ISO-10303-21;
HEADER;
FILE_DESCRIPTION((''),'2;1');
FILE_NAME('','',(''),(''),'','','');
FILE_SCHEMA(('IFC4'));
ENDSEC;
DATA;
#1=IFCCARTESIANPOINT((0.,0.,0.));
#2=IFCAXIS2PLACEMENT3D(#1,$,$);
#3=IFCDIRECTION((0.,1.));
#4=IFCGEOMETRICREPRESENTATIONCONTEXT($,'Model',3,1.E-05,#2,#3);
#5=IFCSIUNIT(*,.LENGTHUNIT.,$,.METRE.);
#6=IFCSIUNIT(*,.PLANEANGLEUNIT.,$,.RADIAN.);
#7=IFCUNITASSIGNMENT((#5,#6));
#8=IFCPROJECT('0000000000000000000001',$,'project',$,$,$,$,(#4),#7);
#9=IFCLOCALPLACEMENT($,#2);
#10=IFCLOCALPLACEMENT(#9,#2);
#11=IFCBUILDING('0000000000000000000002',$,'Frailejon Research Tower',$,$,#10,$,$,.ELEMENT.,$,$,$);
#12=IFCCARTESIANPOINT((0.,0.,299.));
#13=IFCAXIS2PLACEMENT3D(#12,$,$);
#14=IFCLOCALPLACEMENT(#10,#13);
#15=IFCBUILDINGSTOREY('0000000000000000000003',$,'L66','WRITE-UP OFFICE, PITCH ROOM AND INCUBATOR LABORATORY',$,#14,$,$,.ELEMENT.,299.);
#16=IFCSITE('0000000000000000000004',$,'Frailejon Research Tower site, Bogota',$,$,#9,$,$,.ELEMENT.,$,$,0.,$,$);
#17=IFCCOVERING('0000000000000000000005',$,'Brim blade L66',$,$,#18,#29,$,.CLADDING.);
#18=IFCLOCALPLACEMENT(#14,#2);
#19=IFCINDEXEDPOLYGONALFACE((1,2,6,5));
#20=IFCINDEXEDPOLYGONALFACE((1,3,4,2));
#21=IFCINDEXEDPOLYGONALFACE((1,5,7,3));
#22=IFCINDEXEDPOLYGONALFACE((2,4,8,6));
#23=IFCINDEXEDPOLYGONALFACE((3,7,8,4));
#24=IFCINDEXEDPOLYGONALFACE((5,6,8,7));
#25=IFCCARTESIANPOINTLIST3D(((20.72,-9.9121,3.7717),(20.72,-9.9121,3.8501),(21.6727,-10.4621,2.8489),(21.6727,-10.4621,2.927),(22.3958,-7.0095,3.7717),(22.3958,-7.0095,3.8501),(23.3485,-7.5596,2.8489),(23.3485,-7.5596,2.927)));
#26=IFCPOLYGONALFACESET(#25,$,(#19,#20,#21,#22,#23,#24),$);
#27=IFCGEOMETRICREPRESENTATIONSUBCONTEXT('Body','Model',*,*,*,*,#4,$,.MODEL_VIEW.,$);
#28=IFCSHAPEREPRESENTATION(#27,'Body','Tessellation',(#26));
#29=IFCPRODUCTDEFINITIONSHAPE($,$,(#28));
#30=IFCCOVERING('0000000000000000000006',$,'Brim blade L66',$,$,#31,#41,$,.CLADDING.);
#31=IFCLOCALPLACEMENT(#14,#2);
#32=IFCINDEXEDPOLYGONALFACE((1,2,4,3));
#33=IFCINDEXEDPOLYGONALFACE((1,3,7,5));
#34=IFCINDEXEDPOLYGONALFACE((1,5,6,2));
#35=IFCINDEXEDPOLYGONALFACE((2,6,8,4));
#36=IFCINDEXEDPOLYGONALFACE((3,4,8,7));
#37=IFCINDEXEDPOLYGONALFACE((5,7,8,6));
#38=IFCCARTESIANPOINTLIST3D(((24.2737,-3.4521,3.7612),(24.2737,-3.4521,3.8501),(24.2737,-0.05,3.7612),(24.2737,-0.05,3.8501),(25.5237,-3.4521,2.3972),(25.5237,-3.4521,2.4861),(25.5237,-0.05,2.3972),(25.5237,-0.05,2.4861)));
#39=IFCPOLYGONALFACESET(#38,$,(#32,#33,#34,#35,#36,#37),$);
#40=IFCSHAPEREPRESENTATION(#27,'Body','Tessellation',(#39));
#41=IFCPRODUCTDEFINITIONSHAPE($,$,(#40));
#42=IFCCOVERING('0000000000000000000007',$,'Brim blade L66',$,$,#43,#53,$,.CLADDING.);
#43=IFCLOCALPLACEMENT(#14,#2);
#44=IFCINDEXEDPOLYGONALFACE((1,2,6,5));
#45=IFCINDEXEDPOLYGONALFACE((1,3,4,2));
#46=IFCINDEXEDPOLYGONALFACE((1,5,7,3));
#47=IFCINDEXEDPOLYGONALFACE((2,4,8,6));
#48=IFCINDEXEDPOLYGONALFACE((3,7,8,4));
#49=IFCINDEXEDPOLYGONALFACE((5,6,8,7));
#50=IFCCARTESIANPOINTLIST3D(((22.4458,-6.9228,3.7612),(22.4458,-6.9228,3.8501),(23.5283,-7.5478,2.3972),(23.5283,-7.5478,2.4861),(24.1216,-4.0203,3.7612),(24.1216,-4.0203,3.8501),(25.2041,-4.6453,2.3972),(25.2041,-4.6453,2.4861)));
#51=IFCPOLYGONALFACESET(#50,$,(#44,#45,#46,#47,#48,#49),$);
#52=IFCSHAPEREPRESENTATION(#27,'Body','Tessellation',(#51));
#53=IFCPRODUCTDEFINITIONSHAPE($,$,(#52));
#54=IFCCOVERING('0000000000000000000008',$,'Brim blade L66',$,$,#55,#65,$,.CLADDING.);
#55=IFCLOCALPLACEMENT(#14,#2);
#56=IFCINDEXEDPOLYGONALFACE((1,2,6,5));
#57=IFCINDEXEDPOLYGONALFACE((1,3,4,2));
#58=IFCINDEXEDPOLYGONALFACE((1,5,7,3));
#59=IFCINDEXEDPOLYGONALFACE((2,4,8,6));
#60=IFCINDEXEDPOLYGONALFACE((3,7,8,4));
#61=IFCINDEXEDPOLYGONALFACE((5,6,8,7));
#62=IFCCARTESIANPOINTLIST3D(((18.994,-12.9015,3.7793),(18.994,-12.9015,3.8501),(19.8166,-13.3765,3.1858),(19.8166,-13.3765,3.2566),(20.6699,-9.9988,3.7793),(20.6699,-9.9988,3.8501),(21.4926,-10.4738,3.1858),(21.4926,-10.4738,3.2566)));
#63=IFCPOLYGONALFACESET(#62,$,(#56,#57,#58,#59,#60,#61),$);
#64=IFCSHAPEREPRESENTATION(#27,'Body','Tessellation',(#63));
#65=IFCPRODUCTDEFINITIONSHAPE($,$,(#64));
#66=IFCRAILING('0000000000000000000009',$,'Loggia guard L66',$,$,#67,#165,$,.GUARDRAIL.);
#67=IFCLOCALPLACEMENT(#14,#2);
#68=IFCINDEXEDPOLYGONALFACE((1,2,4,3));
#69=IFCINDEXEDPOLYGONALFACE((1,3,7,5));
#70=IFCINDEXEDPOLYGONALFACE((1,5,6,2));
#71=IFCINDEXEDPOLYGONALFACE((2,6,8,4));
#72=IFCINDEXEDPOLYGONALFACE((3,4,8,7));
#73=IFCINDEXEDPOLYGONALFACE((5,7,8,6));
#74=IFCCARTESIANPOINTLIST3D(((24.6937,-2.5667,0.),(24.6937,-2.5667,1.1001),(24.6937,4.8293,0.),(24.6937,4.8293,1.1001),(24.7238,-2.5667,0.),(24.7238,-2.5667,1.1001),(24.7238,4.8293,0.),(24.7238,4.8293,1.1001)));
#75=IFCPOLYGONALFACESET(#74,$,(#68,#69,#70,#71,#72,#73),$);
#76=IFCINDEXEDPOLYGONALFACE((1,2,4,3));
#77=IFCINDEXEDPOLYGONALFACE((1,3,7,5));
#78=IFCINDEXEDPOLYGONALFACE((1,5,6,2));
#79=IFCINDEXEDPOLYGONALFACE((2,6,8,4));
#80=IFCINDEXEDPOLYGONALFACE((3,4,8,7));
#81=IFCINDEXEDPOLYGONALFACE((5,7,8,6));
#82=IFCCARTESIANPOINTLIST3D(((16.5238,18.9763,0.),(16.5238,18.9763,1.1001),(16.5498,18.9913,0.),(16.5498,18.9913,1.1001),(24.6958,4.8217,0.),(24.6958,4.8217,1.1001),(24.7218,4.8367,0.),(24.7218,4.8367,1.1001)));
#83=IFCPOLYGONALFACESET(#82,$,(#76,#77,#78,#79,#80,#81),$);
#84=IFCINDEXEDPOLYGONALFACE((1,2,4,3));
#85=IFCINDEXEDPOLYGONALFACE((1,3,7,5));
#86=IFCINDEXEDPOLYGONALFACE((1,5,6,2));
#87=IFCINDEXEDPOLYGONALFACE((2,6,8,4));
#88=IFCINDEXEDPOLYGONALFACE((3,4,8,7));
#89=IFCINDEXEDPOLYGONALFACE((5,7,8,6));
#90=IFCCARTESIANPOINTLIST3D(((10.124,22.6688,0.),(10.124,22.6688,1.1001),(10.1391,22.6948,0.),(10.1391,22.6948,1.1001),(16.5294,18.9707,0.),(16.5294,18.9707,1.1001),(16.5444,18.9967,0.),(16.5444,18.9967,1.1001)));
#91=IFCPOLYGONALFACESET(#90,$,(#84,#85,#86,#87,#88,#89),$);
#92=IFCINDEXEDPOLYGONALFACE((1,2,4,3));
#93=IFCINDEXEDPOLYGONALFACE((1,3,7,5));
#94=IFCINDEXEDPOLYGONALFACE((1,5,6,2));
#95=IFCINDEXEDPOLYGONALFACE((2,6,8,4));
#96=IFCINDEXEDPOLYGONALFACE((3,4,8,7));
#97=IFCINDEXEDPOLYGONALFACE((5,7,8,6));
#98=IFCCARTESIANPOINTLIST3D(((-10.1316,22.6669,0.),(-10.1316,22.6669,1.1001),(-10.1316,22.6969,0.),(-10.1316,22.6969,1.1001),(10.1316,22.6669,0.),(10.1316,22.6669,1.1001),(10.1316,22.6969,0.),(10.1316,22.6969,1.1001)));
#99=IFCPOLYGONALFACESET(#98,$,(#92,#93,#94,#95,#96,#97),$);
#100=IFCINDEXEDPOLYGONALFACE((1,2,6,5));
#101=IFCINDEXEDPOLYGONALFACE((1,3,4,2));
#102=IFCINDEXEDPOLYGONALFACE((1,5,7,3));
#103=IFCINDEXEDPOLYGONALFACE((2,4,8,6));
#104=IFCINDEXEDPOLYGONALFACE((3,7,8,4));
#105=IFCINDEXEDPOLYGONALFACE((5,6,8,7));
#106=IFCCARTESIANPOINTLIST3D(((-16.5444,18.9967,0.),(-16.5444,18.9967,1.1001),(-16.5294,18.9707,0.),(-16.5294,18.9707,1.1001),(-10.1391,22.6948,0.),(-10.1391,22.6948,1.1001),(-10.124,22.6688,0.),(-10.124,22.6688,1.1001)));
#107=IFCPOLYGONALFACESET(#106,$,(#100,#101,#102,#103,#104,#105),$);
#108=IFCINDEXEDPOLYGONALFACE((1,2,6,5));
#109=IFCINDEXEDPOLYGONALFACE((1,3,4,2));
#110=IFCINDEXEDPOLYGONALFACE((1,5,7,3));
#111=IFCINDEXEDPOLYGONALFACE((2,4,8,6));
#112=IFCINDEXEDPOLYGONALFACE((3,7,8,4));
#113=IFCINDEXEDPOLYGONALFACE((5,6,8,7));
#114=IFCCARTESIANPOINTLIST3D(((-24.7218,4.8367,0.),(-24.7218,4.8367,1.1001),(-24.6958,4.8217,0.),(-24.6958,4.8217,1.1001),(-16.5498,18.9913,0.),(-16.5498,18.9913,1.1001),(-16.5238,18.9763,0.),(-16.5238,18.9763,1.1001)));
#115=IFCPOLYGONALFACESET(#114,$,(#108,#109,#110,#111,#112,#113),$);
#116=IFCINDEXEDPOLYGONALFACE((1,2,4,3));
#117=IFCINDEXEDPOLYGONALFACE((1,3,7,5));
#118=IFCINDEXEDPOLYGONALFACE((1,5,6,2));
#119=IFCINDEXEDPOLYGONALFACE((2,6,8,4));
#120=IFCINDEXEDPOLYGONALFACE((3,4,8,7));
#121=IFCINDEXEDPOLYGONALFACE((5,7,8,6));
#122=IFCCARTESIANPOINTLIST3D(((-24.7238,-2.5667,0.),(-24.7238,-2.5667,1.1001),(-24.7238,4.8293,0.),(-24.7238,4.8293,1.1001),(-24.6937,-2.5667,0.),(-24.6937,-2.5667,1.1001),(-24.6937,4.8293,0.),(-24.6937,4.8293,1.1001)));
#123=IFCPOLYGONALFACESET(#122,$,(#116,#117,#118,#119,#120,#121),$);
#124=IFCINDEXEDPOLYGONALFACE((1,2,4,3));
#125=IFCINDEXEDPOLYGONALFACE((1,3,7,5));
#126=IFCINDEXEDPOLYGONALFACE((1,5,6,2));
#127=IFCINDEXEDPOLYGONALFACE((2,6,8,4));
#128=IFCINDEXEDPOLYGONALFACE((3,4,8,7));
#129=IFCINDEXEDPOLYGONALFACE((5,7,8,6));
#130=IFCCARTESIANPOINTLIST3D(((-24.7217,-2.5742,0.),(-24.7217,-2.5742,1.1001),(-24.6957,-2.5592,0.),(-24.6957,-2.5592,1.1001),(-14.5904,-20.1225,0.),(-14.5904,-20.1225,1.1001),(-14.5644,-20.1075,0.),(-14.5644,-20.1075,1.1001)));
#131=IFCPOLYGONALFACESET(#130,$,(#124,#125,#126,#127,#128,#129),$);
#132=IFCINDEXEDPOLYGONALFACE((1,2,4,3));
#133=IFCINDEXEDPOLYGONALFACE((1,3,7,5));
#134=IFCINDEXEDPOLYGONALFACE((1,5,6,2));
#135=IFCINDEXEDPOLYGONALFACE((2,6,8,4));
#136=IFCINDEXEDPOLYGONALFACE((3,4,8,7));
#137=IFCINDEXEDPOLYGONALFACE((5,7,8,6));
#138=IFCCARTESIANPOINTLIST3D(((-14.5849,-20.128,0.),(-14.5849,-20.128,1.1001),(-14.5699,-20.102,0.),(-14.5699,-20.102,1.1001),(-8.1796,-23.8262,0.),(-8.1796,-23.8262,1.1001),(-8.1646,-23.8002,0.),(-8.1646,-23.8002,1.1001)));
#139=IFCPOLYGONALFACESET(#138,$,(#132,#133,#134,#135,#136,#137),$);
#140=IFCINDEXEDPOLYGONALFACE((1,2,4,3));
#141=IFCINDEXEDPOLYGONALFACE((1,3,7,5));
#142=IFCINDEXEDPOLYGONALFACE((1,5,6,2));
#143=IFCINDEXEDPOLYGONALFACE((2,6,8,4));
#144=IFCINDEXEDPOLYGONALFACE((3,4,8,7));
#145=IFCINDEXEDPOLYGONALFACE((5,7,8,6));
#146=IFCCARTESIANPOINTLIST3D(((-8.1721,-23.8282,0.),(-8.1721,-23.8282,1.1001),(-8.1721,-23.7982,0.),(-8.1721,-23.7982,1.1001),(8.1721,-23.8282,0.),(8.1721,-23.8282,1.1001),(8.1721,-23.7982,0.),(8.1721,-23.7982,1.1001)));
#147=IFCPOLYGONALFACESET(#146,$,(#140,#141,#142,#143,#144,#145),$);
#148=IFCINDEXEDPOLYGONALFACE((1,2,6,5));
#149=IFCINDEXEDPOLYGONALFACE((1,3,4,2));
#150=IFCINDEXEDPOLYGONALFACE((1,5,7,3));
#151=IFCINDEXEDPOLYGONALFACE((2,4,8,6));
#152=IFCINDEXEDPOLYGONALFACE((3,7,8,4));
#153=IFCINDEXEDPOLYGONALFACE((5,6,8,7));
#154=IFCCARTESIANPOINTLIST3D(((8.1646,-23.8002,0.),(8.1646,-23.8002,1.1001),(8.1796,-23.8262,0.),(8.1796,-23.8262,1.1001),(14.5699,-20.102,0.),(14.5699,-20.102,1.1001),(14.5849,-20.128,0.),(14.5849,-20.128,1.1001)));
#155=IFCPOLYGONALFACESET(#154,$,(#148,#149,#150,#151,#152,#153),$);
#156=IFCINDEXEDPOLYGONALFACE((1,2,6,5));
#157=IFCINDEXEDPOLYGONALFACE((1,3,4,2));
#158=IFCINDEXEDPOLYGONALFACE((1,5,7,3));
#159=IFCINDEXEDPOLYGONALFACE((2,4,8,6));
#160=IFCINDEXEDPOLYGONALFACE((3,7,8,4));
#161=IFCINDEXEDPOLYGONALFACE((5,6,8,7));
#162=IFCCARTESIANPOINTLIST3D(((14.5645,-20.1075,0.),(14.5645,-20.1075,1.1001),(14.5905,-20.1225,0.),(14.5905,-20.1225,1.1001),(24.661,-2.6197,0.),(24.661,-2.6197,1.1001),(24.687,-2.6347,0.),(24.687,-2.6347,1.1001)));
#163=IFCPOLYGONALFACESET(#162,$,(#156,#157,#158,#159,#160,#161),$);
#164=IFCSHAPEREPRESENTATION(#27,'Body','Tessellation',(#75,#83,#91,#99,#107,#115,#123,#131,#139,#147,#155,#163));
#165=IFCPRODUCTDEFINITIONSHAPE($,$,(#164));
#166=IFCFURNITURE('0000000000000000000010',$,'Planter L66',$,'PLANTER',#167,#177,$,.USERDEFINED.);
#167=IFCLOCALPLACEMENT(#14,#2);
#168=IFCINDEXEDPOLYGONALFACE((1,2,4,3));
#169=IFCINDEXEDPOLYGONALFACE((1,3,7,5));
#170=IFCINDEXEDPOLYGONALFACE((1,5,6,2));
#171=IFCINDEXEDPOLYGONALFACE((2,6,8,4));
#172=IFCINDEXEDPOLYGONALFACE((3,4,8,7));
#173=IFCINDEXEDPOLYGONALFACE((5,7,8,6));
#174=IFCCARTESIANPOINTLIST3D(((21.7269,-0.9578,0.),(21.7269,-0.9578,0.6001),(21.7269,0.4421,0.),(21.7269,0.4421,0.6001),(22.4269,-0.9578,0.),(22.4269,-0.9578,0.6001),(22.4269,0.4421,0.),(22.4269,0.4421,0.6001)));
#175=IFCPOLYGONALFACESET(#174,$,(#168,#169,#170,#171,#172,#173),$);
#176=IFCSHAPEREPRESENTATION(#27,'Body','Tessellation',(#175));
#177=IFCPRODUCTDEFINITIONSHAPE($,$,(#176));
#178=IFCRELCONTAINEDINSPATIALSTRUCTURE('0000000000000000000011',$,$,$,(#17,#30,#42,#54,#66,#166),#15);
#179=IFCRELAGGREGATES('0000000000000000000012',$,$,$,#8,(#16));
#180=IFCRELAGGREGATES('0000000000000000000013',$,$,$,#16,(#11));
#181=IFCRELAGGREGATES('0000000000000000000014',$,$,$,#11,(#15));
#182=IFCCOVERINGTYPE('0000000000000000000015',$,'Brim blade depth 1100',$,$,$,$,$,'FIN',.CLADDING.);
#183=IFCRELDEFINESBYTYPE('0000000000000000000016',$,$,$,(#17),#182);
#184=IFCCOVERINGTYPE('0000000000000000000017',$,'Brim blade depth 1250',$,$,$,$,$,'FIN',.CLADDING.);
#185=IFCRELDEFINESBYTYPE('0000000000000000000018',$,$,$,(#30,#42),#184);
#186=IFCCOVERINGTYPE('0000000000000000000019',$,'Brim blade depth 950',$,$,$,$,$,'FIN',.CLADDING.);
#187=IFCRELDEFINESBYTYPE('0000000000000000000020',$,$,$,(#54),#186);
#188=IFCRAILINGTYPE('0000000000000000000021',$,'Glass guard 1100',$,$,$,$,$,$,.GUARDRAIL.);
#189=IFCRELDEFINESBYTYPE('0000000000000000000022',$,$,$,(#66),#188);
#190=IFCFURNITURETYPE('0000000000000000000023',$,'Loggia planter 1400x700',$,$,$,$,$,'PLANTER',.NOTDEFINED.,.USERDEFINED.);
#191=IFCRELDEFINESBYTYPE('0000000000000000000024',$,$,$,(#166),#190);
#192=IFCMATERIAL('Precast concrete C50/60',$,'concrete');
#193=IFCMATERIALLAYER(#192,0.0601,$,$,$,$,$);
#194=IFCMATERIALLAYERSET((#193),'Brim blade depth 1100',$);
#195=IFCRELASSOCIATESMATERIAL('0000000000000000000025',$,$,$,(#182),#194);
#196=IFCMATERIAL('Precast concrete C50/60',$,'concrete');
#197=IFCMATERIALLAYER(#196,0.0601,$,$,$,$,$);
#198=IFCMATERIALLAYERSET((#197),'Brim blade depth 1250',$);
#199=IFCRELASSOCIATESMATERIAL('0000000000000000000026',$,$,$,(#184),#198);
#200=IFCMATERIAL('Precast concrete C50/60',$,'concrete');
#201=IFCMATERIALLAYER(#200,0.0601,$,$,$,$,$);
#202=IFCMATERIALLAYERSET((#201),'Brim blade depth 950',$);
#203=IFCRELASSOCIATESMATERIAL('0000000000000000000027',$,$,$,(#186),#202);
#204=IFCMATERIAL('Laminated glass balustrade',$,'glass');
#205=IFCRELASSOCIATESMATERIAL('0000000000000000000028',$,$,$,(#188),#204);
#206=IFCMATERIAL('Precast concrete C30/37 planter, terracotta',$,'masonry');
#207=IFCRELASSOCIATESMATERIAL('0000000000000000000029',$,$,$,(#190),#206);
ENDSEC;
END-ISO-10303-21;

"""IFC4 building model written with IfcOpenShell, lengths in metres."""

from ifc_helpers import new_model, si_unit, direction, frame, origin, origin_2d, place, context, subcontext, project, spatial, polyline, rectangle, outline, extrude, material, layer, layer_set, type_object, element, save


model = new_model("IFC4")

# Units and contexts
model_context = context("Model", 3, precision=1e-05, world=origin(), true_north=direction((0.0, 1.0)))
body_context = subcontext(model_context, "Body", "Model", "MODEL_VIEW")
ifc_project = project(units=[si_unit("LENGTHUNIT", "METRE"), si_unit("PLANEANGLEUNIT", "RADIAN")], contexts=[model_context])

# Site, building, storey
site_placement = place(None, origin())
site = spatial("IfcSite", under=ifc_project, at=site_placement, Name="Frailejon Research Tower site, Bogota", CompositionType="ELEMENT", RefElevation=0.0)
building_placement = place(site_placement, origin())
building = spatial("IfcBuilding", under=site, at=building_placement, Name="Frailejon Research Tower", CompositionType="ELEMENT")
storey_placement = place(building_placement, frame((0.0, 0.0, 299.0)))
storey = spatial("IfcBuildingStorey", under=building, at=storey_placement, Name="L66", Description="WRITE-UP OFFICE, PITCH ROOM AND INCUBATOR LABORATORY", CompositionType="ELEMENT", Elevation=299.0)

# Coverings
ifc_material_1 = material(Name="Precast concrete C50/60", Category="concrete")
ifc_layer_1 = layer(ifc_material_1, 0.0601)
ifc_layer_set_1 = layer_set([ifc_layer_1], Name="Brim blade depth 1100")
covering_type_1 = type_object("IfcCoveringType", Name="Brim blade depth 1100", ElementType="FIN", PredefinedType="CLADDING", material=ifc_layer_set_1)
covering_1_placement = place(storey_placement, frame((22.3958, -7.0095, 3.8501), z_axis=(-0.499997, -0.866027, 0.0), x_axis=(0.866027, -0.499997, 0.0)))
element("IfcCovering", 1, at=covering_1_placement, inside=storey, type_object=covering_type_1, Name="Brim blade L66", PredefinedType="CLADDING", context=body_context, shape_type="SweptSolid", body=[
    extrude(outline(polyline([(0.0, -0.0784), (1.1001, -1.0012), (1.1001, -0.9231), (0.0, 0.0), (0.0, -0.0784)])), origin(), (0.0, 0.0, 1.0), 3.3516),
])
ifc_material_2 = material(Name="Precast concrete C50/60", Category="concrete")
ifc_layer_2 = layer(ifc_material_2, 0.0601)
ifc_layer_set_2 = layer_set([ifc_layer_2], Name="Brim blade depth 1250")
covering_type_2 = type_object("IfcCoveringType", Name="Brim blade depth 1250", ElementType="FIN", PredefinedType="CLADDING", material=ifc_layer_set_2)
covering_2_placement = place(storey_placement, frame((24.2737, -0.05, 3.8501), z_axis=(0.0, -1.0, 0.0), x_axis=(1.0, 0.0, 0.0)))
element("IfcCovering", 2, at=covering_2_placement, inside=storey, type_object=covering_type_2, Name="Brim blade L66", PredefinedType="CLADDING", context=body_context, shape_type="SweptSolid", body=[
    extrude(outline(polyline([(0.0, -0.0889), (1.25, -1.4529), (1.25, -1.364), (0.0, 0.0), (0.0, -0.0889)])), origin(), (0.0, 0.0, 1.0), 3.4021),
])
covering_3_placement = place(storey_placement, frame((24.1216, -4.0203, 3.8501), z_axis=(-0.499997, -0.866027, 0.0), x_axis=(0.866027, -0.499997, 0.0)))
element("IfcCovering", 3, at=covering_3_placement, inside=storey, type_object=covering_type_2, Name="Brim blade L66", PredefinedType="CLADDING", context=body_context, shape_type="SweptSolid", body=[
    extrude(outline(polyline([(0.0, -0.0889), (1.25, -1.4529), (1.25, -1.364), (0.0, 0.0), (0.0, -0.0889)])), origin(), (0.0, 0.0, 1.0), 3.3516),
])
ifc_material_3 = material(Name="Precast concrete C50/60", Category="concrete")
ifc_layer_3 = layer(ifc_material_3, 0.0601)
ifc_layer_set_3 = layer_set([ifc_layer_3], Name="Brim blade depth 950")
covering_type_3 = type_object("IfcCoveringType", Name="Brim blade depth 950", ElementType="FIN", PredefinedType="CLADDING", material=ifc_layer_set_3)
covering_4_placement = place(storey_placement, frame((20.6699, -9.9988, 3.8501), z_axis=(-0.500018, -0.866015, 0.0), x_axis=(0.866015, -0.500018, 0.0)))
element("IfcCovering", 4, at=covering_4_placement, inside=storey, type_object=covering_type_3, Name="Brim blade L66", PredefinedType="CLADDING", context=body_context, shape_type="SweptSolid", body=[
    extrude(outline(polyline([(0.0, -0.0708), (0.95, -0.6643), (0.95, -0.5935), (0.0, 0.0), (0.0, -0.0708)])), origin(), (0.0, 0.0, 1.0), 3.3518),
])

# Railing
ifc_material_4 = material(Name="Laminated glass balustrade", Category="glass")
railing_type = type_object("IfcRailingType", Name="Glass guard 1100", PredefinedType="GUARDRAIL", material=ifc_material_4)
railing_placement = place(storey_placement, frame((24.7087, -2.5667, 0.0)))
element("IfcRailing", 5, at=railing_placement, inside=storey, type_object=railing_type, Name="Loggia guard L66", PredefinedType="GUARDRAIL", context=body_context, shape_type="SweptSolid", body=[
    extrude(rectangle(XDim=7.396, YDim=0.03, at=origin_2d()), frame((0.0, 3.698, 0.0), z_axis=(0.0, 0.0, 1.0), x_axis=(0.0, 1.0, 0.0)), (0.0, 0.0, 1.0), 1.1001),
    extrude(rectangle(XDim=16.3442, YDim=0.03, at=origin_2d()), frame((-4.0859, 14.4731, 0.0), z_axis=(0.0, 0.0, 1.0), x_axis=(-0.499988, 0.866032, 0.0)), (0.0, 0.0, 1.0), 1.1001),
    extrude(rectangle(XDim=7.3962, YDim=0.03, at=origin_2d()), frame((-11.3745, 23.3994, 0.0), z_axis=(0.0, 0.0, 1.0), x_axis=(-0.866031, 0.499991, 0.0)), (0.0, 0.0, 1.0), 1.1001),
    extrude(rectangle(XDim=20.2632, YDim=0.03, at=origin_2d()), frame((-24.7087, 25.2485, 0.0), z_axis=(0.0, 0.0, 1.0), x_axis=(-1.0, 0.0, 0.0)), (0.0, 0.0, 1.0), 1.1001),
    extrude(rectangle(XDim=7.3962, YDim=0.03, at=origin_2d()), frame((-38.043, 23.3994, 0.0), z_axis=(0.0, 0.0, 1.0), x_axis=(-0.866031, -0.499991, 0.0)), (0.0, 0.0, 1.0), 1.1001),
    extrude(rectangle(XDim=16.3442, YDim=0.03, at=origin_2d()), frame((-45.3315, 14.4731, 0.0), z_axis=(0.0, 0.0, 1.0), x_axis=(-0.499988, -0.866032, 0.0)), (0.0, 0.0, 1.0), 1.1001),
    extrude(rectangle(XDim=7.396, YDim=0.03, at=origin_2d()), frame((-49.4175, 3.698, 0.0), z_axis=(0.0, 0.0, 1.0), x_axis=(0.0, -1.0, 0.0)), (0.0, 0.0, 1.0), 1.1001),
    extrude(rectangle(XDim=20.2629, YDim=0.03, at=origin_2d()), frame((-44.3518, -8.7742, 0.0), z_axis=(0.0, 0.0, 1.0), x_axis=(0.499993, -0.866029, 0.0)), (0.0, 0.0, 1.0), 1.1001),
    extrude(rectangle(XDim=7.3962, YDim=0.03, at=origin_2d()), frame((-36.0835, -19.3975, 0.0), z_axis=(0.0, 0.0, 1.0), x_axis=(0.866016, -0.500016, 0.0)), (0.0, 0.0, 1.0), 1.1001),
    extrude(rectangle(XDim=16.3442, YDim=0.03, at=origin_2d()), frame((-24.7087, -21.2466, 0.0), z_axis=(0.0, 0.0, 1.0), x_axis=(1.0, 0.0, 0.0)), (0.0, 0.0, 1.0), 1.1001),
    extrude(rectangle(XDim=7.3962, YDim=0.03, at=origin_2d()), frame((-13.334, -19.3975, 0.0), z_axis=(0.0, 0.0, 1.0), x_axis=(0.866016, 0.500016, 0.0)), (0.0, 0.0, 1.0), 1.1001),
    extrude(rectangle(XDim=20.1931, YDim=0.03, at=origin_2d()), frame((-5.083, -8.8044, 0.0), z_axis=(0.0, 0.0, 1.0), x_axis=(0.499995, 0.866029, 0.0)), (0.0, 0.0, 1.0), 1.1001),
])

# Furniture
ifc_material_5 = material(Name="Precast concrete C30/37 planter, terracotta", Category="masonry")
furniture_type = type_object("IfcFurnitureType", Name="Loggia planter 1400x700", ElementType="PLANTER", AssemblyPlace="NOTDEFINED", PredefinedType="USERDEFINED", material=ifc_material_5)
furniture_placement = place(storey_placement, frame((22.0769, -0.2578, 0.0), z_axis=(0.0, 0.0, 1.0), x_axis=(0.0, 1.0, 0.0)))
element("IfcFurniture", 6, at=furniture_placement, inside=storey, type_object=furniture_type, Name="Planter L66", ObjectType="PLANTER", PredefinedType="USERDEFINED", context=body_context, shape_type="SweptSolid", body=[
    extrude(rectangle(XDim=1.3999, YDim=0.7, at=origin_2d()), origin(), (0.0, 0.0, 1.0), 0.6001),
])

save(model, "model.ifc")
